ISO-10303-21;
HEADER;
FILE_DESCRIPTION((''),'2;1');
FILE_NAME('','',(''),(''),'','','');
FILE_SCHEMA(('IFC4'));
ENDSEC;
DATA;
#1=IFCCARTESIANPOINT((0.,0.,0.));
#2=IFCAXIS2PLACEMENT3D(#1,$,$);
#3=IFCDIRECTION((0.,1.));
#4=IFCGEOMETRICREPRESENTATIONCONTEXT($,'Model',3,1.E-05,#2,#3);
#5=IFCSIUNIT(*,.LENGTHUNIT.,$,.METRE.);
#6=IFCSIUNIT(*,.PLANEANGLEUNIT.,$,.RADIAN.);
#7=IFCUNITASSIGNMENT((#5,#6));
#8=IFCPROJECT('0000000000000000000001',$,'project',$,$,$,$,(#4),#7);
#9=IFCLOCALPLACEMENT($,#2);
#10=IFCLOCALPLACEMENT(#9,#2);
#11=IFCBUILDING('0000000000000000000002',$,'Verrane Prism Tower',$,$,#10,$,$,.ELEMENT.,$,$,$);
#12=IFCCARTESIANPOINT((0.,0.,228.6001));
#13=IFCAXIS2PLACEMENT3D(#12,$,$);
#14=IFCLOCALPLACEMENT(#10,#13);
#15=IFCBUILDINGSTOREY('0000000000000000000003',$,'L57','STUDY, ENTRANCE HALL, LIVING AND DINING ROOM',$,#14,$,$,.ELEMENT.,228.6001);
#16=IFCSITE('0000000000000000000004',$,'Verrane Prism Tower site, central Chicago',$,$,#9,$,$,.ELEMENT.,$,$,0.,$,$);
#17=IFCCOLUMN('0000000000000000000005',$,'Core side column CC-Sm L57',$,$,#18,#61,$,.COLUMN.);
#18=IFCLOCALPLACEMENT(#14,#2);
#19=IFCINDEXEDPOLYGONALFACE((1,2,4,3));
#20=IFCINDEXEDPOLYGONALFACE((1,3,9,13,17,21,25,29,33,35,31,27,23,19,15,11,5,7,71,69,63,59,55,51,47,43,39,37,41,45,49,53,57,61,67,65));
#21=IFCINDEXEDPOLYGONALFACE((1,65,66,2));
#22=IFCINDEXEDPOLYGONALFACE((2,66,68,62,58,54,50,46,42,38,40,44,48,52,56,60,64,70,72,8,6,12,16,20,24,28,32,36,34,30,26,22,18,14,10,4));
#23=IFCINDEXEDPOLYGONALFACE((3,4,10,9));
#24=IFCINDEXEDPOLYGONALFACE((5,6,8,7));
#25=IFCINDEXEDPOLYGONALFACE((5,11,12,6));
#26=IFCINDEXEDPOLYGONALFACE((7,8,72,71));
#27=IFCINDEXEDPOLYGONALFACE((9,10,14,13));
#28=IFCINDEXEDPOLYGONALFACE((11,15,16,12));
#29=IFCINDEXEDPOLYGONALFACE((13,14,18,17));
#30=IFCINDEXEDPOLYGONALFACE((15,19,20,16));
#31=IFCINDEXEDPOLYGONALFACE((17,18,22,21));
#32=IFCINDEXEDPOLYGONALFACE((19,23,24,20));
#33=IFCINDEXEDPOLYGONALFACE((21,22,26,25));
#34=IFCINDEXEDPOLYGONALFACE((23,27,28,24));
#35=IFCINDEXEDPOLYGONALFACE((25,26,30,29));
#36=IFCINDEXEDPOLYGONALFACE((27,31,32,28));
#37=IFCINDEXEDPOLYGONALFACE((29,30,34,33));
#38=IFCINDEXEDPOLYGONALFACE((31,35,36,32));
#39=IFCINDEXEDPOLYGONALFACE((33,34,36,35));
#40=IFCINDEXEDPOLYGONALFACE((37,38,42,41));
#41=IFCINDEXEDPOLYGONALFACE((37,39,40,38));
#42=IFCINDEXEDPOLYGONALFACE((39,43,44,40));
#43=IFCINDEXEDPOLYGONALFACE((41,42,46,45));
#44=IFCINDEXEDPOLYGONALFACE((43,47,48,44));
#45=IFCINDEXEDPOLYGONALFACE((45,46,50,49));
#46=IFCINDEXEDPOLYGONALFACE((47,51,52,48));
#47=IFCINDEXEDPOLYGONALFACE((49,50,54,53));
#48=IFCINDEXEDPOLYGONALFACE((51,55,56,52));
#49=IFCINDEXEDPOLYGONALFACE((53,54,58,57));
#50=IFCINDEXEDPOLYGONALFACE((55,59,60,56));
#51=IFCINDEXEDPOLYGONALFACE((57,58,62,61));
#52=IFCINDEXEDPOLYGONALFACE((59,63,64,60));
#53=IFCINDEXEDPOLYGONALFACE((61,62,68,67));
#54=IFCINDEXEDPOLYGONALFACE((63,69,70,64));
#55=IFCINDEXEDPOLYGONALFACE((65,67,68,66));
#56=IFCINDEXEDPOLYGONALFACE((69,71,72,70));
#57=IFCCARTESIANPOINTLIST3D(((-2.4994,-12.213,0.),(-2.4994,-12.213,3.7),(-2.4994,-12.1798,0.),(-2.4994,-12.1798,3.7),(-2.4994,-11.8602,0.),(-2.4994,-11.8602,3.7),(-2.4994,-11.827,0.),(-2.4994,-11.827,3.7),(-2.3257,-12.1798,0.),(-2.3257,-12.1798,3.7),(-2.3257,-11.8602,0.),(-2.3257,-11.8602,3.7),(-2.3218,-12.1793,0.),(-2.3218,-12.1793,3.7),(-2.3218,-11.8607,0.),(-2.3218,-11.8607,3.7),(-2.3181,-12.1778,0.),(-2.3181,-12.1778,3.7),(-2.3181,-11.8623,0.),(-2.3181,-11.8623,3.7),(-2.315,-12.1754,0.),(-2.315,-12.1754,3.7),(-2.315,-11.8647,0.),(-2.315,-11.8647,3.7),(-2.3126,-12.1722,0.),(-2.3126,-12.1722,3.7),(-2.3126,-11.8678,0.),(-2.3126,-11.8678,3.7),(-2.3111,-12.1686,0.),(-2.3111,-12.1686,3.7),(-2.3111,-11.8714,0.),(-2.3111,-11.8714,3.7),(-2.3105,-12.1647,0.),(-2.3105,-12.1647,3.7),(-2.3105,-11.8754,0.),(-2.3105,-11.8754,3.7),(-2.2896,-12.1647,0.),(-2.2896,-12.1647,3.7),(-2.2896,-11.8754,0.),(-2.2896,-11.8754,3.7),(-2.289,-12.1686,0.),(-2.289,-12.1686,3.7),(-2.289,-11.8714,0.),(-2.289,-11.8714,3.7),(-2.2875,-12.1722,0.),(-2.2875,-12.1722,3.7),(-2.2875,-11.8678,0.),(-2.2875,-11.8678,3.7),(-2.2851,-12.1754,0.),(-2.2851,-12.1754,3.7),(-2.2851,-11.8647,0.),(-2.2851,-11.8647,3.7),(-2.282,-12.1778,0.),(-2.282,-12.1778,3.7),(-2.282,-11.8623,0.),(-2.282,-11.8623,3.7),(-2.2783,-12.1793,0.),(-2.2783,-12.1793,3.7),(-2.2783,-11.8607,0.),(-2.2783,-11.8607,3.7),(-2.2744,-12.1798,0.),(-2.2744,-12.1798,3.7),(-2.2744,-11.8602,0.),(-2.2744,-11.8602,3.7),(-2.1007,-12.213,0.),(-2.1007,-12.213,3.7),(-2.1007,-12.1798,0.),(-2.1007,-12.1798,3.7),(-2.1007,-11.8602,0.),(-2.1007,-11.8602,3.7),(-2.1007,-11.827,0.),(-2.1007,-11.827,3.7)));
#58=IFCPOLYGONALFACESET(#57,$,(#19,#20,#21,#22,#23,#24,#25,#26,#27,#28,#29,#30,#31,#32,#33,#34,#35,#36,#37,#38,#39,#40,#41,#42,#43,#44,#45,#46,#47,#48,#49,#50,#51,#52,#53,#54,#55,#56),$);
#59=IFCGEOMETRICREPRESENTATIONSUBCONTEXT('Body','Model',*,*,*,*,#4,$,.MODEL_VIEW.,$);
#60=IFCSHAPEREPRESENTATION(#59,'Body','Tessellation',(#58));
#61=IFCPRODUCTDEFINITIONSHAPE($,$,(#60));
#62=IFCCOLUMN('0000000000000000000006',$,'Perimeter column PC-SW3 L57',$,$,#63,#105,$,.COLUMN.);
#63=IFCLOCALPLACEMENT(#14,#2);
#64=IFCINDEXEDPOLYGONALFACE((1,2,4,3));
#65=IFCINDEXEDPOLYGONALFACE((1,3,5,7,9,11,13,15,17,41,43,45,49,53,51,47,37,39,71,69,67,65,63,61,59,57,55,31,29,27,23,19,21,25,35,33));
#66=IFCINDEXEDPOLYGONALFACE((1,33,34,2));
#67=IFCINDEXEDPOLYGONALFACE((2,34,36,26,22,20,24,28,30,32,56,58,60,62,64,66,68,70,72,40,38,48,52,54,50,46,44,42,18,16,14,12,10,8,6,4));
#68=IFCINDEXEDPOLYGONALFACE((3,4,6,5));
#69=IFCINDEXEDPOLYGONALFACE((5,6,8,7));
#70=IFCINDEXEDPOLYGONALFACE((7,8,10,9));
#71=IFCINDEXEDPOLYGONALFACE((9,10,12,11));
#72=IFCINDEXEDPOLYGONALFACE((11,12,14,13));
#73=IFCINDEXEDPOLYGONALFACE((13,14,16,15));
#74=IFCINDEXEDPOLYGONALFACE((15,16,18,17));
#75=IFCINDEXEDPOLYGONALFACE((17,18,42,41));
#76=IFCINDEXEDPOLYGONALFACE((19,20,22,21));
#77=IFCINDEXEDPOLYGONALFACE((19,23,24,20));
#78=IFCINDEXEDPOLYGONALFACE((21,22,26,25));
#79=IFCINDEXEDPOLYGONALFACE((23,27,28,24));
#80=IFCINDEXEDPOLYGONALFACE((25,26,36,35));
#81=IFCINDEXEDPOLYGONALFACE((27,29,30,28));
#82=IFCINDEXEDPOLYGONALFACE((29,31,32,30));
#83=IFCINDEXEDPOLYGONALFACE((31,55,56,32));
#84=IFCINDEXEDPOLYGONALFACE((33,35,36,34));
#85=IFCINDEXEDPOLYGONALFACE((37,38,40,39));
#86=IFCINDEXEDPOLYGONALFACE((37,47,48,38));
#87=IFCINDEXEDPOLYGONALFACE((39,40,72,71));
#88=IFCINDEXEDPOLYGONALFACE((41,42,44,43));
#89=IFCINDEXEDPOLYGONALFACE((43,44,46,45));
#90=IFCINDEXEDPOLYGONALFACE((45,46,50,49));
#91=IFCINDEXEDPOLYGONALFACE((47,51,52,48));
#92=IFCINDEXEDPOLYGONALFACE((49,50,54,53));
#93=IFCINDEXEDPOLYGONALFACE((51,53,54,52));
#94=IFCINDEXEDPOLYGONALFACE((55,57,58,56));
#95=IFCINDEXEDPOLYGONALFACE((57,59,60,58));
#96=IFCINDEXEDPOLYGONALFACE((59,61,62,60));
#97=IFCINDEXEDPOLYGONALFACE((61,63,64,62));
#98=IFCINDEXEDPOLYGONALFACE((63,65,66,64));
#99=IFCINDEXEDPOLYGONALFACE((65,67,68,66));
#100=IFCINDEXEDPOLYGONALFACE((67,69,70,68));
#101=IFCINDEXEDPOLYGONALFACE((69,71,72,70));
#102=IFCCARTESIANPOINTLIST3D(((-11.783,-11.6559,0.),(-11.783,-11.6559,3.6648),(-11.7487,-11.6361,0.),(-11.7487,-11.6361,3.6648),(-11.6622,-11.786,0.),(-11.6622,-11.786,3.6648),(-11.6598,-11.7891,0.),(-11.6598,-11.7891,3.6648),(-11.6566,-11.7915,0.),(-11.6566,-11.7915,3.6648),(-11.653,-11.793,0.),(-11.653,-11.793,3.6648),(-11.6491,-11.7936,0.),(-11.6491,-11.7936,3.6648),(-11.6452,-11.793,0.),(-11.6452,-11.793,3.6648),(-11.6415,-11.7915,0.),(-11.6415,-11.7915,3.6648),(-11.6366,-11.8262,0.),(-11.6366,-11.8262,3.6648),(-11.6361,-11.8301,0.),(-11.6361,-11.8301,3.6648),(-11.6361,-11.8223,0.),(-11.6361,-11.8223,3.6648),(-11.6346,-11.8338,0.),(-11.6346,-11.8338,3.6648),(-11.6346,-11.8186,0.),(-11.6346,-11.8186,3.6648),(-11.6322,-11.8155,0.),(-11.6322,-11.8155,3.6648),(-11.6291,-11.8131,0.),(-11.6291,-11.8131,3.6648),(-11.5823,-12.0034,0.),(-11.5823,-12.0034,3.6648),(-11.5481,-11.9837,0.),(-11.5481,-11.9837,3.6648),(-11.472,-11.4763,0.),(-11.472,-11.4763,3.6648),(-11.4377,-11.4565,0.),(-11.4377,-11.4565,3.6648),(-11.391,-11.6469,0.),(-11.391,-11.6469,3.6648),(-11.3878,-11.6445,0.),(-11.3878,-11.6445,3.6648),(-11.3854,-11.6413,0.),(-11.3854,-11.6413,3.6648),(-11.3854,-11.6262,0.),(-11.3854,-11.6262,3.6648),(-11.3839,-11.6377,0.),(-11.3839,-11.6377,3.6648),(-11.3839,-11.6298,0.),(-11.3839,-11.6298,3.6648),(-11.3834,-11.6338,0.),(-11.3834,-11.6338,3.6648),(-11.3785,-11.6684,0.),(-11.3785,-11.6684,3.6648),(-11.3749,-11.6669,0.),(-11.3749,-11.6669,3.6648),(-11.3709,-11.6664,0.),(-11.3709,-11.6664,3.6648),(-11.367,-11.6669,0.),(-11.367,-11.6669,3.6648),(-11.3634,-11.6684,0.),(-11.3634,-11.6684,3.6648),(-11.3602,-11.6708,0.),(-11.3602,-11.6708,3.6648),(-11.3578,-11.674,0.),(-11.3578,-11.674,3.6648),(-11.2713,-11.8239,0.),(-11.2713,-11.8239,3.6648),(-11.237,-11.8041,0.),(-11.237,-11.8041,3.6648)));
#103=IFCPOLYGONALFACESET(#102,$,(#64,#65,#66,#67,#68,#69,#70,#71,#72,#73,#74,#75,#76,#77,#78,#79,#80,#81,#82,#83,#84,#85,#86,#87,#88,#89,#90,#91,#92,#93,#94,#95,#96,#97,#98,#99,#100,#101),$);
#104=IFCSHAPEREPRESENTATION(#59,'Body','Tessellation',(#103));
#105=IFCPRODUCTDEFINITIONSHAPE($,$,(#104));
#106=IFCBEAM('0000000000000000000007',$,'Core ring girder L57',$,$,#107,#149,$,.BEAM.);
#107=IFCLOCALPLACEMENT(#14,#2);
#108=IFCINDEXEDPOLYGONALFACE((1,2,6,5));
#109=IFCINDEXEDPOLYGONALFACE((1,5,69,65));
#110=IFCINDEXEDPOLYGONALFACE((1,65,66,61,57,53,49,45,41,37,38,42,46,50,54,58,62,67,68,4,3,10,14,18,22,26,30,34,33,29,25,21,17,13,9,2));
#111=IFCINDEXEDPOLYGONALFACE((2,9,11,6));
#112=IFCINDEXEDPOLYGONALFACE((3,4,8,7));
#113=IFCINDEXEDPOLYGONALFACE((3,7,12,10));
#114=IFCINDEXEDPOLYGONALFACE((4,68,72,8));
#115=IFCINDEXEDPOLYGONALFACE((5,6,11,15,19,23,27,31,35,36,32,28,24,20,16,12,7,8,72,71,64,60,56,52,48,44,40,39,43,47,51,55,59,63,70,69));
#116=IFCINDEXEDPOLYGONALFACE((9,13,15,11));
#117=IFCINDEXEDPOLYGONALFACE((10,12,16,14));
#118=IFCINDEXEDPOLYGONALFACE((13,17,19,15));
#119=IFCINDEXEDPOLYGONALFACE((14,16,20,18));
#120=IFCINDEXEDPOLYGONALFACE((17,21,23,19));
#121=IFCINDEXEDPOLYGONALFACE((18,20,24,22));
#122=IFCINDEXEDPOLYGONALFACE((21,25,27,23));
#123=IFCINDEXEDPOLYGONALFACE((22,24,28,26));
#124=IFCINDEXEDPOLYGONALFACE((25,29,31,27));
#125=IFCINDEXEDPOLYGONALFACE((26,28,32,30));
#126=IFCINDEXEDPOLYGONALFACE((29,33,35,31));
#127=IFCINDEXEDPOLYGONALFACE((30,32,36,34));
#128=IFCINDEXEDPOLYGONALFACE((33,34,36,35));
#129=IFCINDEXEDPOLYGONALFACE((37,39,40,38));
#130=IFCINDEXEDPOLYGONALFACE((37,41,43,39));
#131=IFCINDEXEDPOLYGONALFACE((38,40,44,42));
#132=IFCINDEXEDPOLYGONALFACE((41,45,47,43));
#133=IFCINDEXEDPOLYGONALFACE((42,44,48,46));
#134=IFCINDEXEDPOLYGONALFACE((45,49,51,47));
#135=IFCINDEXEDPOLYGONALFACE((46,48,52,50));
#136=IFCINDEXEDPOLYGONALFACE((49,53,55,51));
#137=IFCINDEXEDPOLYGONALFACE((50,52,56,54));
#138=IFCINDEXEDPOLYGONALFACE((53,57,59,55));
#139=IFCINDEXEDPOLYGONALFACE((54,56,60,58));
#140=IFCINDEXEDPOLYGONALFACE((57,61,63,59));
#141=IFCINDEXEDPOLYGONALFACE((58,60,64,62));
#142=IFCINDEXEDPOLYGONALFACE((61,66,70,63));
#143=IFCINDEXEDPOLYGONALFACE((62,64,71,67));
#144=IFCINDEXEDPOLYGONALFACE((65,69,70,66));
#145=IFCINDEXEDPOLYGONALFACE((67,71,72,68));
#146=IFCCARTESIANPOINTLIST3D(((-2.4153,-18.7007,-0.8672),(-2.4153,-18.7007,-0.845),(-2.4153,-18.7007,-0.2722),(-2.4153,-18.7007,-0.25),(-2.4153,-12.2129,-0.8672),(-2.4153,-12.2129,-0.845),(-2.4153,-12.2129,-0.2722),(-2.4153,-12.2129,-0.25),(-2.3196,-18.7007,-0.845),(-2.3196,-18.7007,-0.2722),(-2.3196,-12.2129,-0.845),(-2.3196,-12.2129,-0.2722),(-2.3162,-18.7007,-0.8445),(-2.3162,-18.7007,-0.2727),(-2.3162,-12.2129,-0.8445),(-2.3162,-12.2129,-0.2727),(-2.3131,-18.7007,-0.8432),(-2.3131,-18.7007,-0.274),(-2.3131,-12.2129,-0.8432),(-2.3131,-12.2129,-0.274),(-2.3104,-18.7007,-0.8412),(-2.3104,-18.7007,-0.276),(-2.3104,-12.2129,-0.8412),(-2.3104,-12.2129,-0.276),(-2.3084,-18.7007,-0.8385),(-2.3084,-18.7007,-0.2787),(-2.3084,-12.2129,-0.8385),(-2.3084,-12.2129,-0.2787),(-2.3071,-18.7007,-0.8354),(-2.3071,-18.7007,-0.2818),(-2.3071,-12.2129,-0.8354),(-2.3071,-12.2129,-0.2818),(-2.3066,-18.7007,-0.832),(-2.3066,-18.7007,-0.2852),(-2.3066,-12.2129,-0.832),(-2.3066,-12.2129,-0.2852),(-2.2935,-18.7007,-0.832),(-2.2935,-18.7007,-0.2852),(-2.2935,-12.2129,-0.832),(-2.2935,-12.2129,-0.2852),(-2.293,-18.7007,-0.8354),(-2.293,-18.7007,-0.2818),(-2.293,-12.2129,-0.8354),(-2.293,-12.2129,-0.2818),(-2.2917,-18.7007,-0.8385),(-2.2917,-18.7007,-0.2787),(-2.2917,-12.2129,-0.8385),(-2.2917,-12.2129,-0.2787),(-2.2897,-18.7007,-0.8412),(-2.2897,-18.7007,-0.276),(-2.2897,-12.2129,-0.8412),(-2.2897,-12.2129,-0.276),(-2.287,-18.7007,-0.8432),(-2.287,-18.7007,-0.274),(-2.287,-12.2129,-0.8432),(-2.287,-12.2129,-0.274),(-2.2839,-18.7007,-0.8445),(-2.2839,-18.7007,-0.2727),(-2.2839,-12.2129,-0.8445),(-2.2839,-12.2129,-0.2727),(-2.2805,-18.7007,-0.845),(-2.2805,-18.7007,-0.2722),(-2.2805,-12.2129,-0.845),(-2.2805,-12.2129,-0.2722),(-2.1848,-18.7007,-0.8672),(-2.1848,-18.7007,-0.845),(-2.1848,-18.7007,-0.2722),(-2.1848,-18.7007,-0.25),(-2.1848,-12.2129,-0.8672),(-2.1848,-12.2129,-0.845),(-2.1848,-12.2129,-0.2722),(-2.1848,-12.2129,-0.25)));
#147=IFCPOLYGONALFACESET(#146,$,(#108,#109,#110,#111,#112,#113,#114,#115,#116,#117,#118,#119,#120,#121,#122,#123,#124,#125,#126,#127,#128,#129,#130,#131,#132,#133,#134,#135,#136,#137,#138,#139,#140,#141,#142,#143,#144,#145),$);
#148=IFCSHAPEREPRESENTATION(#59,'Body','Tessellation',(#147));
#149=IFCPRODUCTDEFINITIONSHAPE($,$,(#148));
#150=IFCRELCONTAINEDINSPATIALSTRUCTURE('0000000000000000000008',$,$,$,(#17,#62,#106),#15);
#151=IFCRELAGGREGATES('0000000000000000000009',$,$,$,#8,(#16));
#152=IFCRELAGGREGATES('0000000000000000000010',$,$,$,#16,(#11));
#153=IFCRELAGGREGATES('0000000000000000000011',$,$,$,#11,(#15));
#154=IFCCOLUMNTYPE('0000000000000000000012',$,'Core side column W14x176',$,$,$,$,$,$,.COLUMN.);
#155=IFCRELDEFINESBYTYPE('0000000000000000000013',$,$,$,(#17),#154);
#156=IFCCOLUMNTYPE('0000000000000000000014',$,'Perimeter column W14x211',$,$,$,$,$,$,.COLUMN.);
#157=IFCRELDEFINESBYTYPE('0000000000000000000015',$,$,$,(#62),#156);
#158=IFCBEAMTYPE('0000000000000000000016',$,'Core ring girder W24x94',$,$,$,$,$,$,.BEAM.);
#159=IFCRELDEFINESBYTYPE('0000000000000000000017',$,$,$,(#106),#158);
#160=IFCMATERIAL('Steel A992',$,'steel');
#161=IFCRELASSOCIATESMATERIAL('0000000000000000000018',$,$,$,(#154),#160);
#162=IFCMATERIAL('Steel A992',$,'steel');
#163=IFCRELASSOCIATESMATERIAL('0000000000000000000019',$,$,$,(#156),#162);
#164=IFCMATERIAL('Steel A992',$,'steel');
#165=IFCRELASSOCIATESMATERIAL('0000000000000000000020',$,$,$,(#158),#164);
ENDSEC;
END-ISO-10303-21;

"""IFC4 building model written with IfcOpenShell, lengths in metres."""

from ifc_helpers import new_model, si_unit, direction, frame, origin, origin_2d, place, context, subcontext, project, spatial, i_section, extrude, material, material_profile, profile_set, type_object, element, save


model = new_model("IFC4")

# Units and contexts
model_context = context("Model", 3, precision=1e-05, world=origin(), true_north=direction((0.0, 1.0)))
body_context = subcontext(model_context, "Body", "Model", "MODEL_VIEW")
ifc_project = project(units=[si_unit("LENGTHUNIT", "METRE"), si_unit("PLANEANGLEUNIT", "RADIAN")], contexts=[model_context])

# Site, building, storey
site_placement = place(None, origin())
site = spatial("IfcSite", under=ifc_project, at=site_placement, Name="Verrane Prism Tower site, central Chicago", CompositionType="ELEMENT", RefElevation=0.0)
building_placement = place(site_placement, origin())
building = spatial("IfcBuilding", under=site, at=building_placement, Name="Verrane Prism Tower", CompositionType="ELEMENT")
storey_placement = place(building_placement, frame((0.0, 0.0, 228.6001)))
storey = spatial("IfcBuildingStorey", under=building, at=storey_placement, Name="L57", Description="STUDY, ENTRANCE HALL, LIVING AND DINING ROOM", CompositionType="ELEMENT", Elevation=228.6001)

# Columns
ifc_material_1 = material(Name="Steel A992", Category="steel")
ifc_material_profile_1 = material_profile(ifc_material_1, i_section(OverallWidth=0.3987, OverallDepth=0.386, WebThickness=0.021, FlangeThickness=0.0332, FilletRadius=0.0151, at=origin_2d()), Name="W14x176")
ifc_profile_set_1 = profile_set([ifc_material_profile_1], Name="Steel A992")
column_type_1 = type_object("IfcColumnType", Name="Core side column W14x176", PredefinedType="COLUMN", material=ifc_profile_set_1)
column_1_placement = place(storey_placement, frame((-2.3, -12.02, 0.0), z_axis=(0.0, 0.0, 1.0), x_axis=(1.0, 0.0, 0.0)))
element("IfcColumn", 1, at=column_1_placement, inside=storey, type_object=column_type_1, Name="Core side column CC-Sm L57", PredefinedType="COLUMN", context=body_context, shape_type="SweptSolid", body=[
    extrude(i_section(OverallWidth=0.3987, OverallDepth=0.386, WebThickness=0.021, FlangeThickness=0.0332, FilletRadius=0.0151, at=origin_2d()), origin(), (0.0, 0.0, 1.0), 3.7),
])
ifc_material_2 = material(Name="Steel A992", Category="steel")
ifc_material_profile_2 = material_profile(ifc_material_2, i_section(OverallWidth=0.4014, OverallDepth=0.3987, WebThickness=0.0249, FlangeThickness=0.0396, FilletRadius=0.0151, at=origin_2d()), Name="W14x211")
ifc_profile_set_2 = profile_set([ifc_material_profile_2], Name="Steel A992")
column_type_2 = type_object("IfcColumnType", Name="Perimeter column W14x211", PredefinedType="COLUMN", material=ifc_profile_set_2)
column_2_placement = place(storey_placement, frame((-11.51, -11.73, 0.0), z_axis=(0.0, 0.0, 1.0), x_axis=(-0.5, 0.866025, 0.0)))
element("IfcColumn", 2, at=column_2_placement, inside=storey, type_object=column_type_2, Name="Perimeter column PC-SW3 L57", PredefinedType="COLUMN", context=body_context, shape_type="SweptSolid", body=[
    extrude(i_section(OverallWidth=0.4014, OverallDepth=0.3987, WebThickness=0.0249, FlangeThickness=0.0396, FilletRadius=0.0151, at=origin_2d()), origin(), (0.0, 0.0, 1.0), 3.6648),
])

# Beam
ifc_material_3 = material(Name="Steel A992", Category="steel")
ifc_material_profile_3 = material_profile(ifc_material_3, i_section(OverallWidth=0.2305, OverallDepth=0.6172, WebThickness=0.0132, FlangeThickness=0.0222, FilletRadius=0.0129, at=origin_2d()), Name="W24x94")
ifc_profile_set_3 = profile_set([ifc_material_profile_3], Name="Steel A992")
beam_type_1 = type_object("IfcBeamType", Name="Core ring girder W24x94", PredefinedType="BEAM", material=ifc_profile_set_3)
beam_1_placement = place(storey_placement, frame((-2.3, -12.2129, -0.5586), z_axis=(0.0, -1.0, 0.0), x_axis=(1.0, 0.0, 0.0)))
element("IfcBeam", 3, at=beam_1_placement, inside=storey, type_object=beam_type_1, Name="Core ring girder L57", PredefinedType="BEAM", context=body_context, shape_type="SweptSolid", body=[
    extrude(i_section(OverallWidth=0.2305, OverallDepth=0.6172, WebThickness=0.0132, FlangeThickness=0.0222, FilletRadius=0.0129, at=origin_2d()), origin(), (0.0, 0.0, 1.0), 6.4878),
])

save(model, "model.ifc")
